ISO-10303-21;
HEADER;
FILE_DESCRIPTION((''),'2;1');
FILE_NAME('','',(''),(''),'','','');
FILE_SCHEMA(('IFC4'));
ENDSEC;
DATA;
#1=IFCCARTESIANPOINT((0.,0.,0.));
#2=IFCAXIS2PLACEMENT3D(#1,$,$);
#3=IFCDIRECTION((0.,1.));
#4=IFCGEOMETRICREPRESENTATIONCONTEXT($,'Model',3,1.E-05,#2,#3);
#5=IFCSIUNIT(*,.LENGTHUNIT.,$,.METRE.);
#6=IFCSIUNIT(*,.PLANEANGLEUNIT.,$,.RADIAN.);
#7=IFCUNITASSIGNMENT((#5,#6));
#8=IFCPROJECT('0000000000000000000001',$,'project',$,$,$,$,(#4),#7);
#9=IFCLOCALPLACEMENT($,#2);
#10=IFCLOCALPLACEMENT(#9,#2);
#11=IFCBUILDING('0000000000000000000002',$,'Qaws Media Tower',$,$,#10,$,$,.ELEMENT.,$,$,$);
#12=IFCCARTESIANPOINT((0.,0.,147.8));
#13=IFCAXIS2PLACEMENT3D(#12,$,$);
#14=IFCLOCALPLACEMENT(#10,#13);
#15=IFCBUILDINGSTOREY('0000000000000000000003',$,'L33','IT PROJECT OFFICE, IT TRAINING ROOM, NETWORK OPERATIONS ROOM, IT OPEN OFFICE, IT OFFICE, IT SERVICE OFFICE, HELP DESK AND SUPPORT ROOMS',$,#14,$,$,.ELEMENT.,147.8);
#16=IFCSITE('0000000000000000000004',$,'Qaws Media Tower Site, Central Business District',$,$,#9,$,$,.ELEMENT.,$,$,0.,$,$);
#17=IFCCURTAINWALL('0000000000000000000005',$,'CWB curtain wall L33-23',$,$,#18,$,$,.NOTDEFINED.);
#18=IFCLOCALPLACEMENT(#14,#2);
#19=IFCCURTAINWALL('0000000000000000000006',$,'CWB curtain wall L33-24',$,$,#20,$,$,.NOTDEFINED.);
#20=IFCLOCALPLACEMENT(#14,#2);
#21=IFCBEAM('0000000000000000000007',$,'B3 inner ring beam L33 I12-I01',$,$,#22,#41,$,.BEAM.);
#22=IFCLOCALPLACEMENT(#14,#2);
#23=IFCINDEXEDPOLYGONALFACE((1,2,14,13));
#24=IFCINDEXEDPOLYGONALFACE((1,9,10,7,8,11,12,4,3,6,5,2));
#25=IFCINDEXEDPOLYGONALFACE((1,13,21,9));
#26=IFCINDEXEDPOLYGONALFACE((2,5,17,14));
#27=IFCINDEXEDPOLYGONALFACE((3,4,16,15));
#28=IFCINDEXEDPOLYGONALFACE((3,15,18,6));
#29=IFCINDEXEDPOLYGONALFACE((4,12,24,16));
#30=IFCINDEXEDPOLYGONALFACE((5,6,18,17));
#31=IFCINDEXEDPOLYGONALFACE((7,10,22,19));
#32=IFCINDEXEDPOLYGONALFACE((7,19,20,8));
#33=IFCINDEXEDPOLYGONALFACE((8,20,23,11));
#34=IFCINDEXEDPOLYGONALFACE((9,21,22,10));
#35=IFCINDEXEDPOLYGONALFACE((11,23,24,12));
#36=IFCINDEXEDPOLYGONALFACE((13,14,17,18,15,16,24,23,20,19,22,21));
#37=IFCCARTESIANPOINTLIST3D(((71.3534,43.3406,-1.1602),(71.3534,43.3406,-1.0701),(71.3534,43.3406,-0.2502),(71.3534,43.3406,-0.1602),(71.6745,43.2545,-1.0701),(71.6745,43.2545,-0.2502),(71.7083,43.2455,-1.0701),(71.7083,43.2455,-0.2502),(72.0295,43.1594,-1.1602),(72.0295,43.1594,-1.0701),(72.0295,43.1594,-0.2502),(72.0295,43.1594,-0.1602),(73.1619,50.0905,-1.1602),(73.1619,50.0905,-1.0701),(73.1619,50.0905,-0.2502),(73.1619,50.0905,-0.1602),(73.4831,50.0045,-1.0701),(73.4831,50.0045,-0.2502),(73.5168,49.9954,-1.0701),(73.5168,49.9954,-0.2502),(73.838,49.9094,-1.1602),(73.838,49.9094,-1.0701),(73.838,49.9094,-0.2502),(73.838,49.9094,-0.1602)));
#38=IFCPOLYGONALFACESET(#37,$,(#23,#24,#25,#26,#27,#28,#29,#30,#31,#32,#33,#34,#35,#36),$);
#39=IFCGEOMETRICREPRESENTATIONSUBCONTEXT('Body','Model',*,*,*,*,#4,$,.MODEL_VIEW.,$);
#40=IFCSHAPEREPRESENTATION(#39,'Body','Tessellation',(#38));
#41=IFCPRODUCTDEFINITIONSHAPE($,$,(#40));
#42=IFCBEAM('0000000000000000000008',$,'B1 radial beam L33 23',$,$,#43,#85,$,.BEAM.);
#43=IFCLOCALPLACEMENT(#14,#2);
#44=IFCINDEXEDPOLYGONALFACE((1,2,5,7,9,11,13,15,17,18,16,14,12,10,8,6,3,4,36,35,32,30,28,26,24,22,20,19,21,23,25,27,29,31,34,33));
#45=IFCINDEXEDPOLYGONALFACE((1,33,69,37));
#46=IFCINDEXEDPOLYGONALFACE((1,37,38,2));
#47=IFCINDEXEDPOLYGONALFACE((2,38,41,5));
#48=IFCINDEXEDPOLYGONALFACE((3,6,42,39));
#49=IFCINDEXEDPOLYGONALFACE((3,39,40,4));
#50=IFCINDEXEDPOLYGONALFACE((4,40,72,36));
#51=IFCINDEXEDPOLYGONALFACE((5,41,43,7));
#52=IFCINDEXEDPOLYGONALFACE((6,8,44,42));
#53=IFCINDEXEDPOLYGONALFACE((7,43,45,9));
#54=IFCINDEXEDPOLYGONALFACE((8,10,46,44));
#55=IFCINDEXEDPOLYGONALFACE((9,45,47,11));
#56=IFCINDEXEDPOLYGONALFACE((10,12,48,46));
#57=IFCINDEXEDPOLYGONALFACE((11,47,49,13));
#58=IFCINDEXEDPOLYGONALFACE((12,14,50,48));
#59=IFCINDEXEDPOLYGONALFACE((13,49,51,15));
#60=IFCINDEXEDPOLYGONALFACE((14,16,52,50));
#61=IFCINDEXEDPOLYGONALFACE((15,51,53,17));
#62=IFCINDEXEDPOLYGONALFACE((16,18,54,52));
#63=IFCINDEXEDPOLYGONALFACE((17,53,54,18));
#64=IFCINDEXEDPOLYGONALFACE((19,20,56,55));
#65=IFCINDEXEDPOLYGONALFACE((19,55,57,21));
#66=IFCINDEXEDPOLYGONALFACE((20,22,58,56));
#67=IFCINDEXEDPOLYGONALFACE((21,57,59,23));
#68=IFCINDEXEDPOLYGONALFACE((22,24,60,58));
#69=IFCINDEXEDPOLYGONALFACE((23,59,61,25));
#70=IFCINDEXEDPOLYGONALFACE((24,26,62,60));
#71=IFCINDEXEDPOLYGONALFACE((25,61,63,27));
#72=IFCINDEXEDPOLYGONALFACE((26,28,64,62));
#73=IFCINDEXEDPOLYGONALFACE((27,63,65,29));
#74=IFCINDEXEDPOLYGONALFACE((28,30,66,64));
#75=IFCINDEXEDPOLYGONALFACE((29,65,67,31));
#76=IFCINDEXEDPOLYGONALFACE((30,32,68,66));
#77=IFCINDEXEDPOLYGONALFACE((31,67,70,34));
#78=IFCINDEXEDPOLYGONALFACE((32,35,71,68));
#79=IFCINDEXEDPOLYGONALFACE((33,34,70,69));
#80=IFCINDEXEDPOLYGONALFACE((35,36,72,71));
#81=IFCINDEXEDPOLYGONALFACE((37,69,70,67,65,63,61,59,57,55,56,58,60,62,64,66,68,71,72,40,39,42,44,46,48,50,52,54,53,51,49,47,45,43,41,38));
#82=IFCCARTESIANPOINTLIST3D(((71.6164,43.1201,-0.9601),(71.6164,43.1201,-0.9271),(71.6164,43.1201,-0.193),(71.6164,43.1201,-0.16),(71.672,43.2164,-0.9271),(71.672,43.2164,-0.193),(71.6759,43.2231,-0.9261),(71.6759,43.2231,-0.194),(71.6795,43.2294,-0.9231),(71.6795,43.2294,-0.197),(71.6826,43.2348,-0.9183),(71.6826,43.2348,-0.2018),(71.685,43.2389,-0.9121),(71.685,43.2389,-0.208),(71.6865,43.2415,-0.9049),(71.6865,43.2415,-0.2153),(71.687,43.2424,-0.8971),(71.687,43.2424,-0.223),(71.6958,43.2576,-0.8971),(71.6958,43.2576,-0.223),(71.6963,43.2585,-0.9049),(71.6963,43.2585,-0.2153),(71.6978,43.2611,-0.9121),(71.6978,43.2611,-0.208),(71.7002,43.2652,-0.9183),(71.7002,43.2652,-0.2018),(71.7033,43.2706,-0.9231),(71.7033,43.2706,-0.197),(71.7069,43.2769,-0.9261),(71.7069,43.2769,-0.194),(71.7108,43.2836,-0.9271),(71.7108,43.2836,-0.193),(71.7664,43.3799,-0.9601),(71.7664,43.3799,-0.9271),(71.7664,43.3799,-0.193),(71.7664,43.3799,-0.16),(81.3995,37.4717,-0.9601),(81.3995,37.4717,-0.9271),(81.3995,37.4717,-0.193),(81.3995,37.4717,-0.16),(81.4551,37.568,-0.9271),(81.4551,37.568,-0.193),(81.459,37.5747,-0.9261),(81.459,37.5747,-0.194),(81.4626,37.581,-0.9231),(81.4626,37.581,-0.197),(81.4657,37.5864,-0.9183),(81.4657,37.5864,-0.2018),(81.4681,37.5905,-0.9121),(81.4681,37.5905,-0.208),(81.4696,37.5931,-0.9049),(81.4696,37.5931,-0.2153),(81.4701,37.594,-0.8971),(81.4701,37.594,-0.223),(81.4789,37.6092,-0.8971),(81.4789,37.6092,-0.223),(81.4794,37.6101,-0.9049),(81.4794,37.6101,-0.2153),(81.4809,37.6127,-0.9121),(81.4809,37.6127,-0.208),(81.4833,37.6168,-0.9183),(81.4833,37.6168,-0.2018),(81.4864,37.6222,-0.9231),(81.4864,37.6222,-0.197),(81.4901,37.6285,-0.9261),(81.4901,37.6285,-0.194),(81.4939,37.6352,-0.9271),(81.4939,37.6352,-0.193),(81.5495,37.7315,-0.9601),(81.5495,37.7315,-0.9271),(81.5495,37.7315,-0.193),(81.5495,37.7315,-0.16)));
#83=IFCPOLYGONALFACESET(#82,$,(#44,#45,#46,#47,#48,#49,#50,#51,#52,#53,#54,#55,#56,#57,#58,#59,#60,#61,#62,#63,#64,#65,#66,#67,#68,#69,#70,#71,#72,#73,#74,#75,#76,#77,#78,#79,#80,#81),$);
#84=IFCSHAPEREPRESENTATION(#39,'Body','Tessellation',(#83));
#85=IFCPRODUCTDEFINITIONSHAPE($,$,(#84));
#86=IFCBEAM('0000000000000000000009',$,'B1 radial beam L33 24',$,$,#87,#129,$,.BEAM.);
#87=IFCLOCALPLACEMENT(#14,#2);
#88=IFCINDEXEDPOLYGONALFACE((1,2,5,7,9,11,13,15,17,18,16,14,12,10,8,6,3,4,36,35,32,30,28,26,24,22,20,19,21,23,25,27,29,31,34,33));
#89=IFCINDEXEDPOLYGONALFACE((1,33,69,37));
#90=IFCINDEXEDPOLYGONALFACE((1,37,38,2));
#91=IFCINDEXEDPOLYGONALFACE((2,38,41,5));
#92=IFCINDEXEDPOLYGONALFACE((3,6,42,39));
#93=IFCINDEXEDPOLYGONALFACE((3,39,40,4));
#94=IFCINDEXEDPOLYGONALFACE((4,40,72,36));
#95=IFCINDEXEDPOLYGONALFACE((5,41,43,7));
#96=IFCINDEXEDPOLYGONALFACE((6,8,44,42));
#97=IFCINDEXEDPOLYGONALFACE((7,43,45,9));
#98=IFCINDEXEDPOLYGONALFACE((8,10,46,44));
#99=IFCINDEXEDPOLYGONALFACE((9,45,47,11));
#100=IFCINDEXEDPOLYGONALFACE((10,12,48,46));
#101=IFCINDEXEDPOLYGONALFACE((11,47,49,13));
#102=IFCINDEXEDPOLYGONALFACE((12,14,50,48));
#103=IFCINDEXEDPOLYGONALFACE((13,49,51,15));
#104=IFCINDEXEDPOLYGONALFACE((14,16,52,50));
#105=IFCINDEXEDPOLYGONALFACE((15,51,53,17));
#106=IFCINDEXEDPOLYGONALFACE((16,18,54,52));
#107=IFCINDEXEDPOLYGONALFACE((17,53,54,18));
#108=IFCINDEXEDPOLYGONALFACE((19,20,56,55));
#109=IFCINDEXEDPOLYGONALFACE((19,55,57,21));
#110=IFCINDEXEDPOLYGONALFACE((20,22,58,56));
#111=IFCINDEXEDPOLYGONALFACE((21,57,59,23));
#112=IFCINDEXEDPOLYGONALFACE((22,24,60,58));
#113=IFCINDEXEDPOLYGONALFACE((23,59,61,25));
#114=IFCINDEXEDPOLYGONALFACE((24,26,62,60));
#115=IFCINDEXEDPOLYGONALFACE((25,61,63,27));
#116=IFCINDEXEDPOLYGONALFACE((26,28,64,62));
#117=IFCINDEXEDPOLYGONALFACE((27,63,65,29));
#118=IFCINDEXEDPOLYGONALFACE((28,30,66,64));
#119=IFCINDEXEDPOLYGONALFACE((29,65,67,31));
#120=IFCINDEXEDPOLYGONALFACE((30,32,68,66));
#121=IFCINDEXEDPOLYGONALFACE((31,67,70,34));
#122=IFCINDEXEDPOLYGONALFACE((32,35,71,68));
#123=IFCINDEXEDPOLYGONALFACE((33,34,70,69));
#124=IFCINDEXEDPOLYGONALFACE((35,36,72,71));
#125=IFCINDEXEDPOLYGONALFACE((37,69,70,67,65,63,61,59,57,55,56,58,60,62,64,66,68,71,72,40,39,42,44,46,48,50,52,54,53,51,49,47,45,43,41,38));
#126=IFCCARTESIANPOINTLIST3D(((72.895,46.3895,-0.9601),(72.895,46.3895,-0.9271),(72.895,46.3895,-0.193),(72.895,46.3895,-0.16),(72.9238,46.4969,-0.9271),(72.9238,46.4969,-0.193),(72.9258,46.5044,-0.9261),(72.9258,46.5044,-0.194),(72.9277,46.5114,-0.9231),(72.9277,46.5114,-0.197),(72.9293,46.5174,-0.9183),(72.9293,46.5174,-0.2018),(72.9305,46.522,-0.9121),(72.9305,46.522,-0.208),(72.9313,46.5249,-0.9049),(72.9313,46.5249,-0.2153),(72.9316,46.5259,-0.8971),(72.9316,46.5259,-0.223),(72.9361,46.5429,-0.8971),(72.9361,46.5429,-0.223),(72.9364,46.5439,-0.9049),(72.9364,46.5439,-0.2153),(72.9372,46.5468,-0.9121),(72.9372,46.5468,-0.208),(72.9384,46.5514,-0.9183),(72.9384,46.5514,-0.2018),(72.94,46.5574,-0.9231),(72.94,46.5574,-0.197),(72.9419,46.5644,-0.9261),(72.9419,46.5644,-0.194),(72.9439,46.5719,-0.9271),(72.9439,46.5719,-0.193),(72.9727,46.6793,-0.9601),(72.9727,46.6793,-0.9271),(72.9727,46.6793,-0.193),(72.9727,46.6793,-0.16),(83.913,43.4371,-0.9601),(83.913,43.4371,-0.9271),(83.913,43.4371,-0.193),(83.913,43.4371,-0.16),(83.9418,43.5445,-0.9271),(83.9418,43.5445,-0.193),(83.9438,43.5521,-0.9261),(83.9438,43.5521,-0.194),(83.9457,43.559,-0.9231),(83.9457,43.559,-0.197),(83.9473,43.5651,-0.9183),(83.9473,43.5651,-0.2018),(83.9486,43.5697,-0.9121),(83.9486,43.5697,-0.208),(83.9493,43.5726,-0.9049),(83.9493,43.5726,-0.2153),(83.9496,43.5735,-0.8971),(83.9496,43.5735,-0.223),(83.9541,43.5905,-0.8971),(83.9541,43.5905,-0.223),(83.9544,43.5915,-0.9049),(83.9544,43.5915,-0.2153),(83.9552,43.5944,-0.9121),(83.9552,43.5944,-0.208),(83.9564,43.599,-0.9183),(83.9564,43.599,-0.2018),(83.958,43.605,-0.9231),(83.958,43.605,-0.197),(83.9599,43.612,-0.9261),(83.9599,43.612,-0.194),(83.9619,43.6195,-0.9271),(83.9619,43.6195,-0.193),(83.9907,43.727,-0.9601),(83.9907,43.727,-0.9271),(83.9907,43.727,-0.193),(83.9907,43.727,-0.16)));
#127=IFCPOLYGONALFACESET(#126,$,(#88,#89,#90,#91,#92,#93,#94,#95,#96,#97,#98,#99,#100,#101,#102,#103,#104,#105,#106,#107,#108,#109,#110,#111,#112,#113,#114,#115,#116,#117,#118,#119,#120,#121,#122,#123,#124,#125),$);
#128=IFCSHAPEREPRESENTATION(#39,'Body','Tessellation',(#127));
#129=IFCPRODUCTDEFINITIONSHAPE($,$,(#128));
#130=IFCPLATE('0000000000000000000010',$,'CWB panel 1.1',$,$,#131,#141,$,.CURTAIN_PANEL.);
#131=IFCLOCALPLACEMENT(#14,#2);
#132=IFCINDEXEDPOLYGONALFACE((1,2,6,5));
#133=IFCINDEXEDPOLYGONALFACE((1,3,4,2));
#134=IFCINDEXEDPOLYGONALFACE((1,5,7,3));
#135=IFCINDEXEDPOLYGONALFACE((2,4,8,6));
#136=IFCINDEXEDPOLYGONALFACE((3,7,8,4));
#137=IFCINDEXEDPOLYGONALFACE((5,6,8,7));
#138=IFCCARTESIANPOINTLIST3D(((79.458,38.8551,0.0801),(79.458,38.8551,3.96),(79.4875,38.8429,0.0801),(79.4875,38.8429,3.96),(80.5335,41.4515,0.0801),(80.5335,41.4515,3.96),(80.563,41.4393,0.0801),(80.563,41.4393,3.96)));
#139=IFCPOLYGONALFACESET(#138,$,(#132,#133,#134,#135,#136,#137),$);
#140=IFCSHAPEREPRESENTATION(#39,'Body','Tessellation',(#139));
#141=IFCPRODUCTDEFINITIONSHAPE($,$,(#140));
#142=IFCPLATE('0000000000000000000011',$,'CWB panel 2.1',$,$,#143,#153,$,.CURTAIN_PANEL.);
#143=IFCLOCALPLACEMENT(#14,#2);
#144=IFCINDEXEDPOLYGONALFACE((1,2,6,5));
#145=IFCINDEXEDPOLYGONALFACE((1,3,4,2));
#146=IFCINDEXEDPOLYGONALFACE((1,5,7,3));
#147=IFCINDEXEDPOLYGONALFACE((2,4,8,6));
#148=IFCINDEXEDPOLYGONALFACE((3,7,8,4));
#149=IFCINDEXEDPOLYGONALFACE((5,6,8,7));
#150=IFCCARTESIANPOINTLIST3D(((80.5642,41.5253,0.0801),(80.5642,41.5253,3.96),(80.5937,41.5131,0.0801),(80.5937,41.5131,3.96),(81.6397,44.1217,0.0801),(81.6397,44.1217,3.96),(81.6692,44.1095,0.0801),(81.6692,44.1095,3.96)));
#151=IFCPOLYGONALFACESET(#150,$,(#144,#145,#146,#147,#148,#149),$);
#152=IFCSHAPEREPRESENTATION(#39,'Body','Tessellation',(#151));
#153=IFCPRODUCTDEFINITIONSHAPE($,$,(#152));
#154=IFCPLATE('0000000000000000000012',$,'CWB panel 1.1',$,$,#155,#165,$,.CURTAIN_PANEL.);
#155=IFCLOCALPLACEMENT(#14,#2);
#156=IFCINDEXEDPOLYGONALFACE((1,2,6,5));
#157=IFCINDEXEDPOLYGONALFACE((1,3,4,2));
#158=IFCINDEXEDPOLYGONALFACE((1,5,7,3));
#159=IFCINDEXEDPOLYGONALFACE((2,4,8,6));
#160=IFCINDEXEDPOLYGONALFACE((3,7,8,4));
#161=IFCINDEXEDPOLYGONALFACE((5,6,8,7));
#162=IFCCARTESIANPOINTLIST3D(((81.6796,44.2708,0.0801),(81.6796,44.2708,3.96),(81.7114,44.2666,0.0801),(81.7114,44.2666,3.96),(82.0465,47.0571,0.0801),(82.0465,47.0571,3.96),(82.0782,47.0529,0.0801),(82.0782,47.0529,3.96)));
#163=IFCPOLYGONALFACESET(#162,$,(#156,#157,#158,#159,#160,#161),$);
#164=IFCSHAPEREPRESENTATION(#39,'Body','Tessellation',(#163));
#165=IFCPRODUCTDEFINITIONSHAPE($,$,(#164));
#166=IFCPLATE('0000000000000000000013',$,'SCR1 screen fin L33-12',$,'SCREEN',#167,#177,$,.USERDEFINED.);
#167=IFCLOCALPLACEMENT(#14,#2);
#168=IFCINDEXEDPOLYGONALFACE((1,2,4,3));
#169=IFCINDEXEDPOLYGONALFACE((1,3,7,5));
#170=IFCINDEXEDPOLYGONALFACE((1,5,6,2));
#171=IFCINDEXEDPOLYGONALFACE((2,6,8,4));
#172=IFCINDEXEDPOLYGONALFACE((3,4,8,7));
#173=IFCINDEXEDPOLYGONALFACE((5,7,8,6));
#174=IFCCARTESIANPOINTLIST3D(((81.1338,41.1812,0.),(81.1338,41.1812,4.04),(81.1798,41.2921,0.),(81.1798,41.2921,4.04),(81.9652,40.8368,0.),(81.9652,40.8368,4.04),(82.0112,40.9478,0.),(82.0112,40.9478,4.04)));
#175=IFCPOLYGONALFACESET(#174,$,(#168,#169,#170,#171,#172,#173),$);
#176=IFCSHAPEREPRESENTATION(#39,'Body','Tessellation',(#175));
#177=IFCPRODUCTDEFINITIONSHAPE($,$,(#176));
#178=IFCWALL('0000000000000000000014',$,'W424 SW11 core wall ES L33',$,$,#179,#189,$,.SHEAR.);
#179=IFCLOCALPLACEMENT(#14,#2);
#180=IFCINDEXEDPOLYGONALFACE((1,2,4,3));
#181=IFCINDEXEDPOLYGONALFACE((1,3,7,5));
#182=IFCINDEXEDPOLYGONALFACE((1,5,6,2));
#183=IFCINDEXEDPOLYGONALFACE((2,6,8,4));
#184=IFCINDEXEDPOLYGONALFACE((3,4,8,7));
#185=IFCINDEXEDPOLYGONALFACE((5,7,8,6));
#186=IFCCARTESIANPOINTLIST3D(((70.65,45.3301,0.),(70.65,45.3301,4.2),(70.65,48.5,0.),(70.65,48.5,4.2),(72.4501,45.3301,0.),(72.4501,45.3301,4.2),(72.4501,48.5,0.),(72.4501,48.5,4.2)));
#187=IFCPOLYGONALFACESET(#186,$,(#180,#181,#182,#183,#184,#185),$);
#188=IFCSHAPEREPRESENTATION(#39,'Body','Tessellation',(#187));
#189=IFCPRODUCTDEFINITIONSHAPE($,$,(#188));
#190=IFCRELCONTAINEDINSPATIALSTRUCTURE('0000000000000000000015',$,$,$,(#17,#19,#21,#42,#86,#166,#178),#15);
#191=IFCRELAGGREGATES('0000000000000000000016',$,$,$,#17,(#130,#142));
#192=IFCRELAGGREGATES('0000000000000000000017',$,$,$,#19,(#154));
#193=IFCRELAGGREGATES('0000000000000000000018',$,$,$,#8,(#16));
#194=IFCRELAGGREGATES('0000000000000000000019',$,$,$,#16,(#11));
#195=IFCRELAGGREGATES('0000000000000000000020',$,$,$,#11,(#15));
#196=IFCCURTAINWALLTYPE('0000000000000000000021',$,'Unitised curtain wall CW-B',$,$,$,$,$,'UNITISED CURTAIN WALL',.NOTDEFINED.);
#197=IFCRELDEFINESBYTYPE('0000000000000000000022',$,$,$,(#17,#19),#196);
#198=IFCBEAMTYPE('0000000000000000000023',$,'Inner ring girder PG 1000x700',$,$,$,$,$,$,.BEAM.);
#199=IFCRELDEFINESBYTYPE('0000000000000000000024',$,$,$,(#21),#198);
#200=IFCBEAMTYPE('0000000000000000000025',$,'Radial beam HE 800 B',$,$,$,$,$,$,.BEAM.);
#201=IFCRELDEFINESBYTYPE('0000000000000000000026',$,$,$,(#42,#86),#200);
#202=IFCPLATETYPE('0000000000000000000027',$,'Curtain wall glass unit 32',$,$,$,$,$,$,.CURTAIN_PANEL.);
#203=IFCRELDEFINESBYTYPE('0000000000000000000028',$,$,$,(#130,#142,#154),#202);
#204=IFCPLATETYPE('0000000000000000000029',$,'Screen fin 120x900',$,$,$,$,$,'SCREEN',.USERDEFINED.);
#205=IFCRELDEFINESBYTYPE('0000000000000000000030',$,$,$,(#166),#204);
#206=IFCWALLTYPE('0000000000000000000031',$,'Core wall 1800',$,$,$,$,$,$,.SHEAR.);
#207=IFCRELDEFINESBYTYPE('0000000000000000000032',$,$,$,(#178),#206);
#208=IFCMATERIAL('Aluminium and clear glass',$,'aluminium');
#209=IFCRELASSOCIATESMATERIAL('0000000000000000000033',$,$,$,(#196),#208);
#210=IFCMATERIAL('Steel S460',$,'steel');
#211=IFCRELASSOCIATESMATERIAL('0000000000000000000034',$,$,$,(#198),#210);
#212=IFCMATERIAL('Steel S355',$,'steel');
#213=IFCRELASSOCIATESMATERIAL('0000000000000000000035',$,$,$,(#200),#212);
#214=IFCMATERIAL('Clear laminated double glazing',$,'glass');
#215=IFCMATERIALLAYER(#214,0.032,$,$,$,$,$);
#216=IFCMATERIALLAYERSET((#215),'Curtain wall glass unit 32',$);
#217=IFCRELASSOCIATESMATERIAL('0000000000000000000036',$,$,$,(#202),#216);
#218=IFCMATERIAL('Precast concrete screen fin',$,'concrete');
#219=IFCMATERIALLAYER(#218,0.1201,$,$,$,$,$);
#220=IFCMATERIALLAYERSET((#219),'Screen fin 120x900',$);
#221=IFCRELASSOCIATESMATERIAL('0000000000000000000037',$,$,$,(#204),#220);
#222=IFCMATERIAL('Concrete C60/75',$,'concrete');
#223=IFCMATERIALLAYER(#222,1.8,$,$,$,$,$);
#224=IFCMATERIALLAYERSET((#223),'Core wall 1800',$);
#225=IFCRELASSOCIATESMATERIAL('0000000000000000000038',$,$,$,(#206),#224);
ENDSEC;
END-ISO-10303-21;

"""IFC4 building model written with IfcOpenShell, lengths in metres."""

from ifc_helpers import new_model, si_unit, direction, frame, frame_2d, origin, origin_2d, place, context, subcontext, project, spatial, rectangle, i_section, extrude, material, layer, layer_set, material_profile, profile_set, type_object, element, aggregate, save


model = new_model("IFC4")

# Units and contexts
model_context = context("Model", 3, precision=1e-05, world=origin(), true_north=direction((0.0, 1.0)))
body_context = subcontext(model_context, "Body", "Model", "MODEL_VIEW")
ifc_project = project(units=[si_unit("LENGTHUNIT", "METRE"), si_unit("PLANEANGLEUNIT", "RADIAN")], contexts=[model_context])

# Site, building, storey
site_placement = place(None, origin())
site = spatial("IfcSite", under=ifc_project, at=site_placement, Name="Qaws Media Tower Site, Central Business District", CompositionType="ELEMENT", RefElevation=0.0)
building_placement = place(site_placement, origin())
building = spatial("IfcBuilding", under=site, at=building_placement, Name="Qaws Media Tower", CompositionType="ELEMENT")
storey_placement = place(building_placement, frame((0.0, 0.0, 147.8)))
storey = spatial("IfcBuildingStorey", under=building, at=storey_placement, Name="L33", Description="IT PROJECT OFFICE, IT TRAINING ROOM, NETWORK OPERATIONS ROOM, IT OPEN OFFICE, IT OFFICE, IT SERVICE OFFICE, HELP DESK AND SUPPORT ROOMS", CompositionType="ELEMENT", Elevation=147.8)

# Curtain walls
ifc_material_1 = material(Name="Aluminium and clear glass", Category="aluminium")
curtain_wall_type = type_object("IfcCurtainWallType", Name="Unitised curtain wall CW-B", ElementType="UNITISED CURTAIN WALL", PredefinedType="NOTDEFINED", material=ifc_material_1)
curtain_wall_1_placement = place(storey_placement, origin())
curtain_wall_1 = element("IfcCurtainWall", 1, at=curtain_wall_1_placement, inside=storey, type_object=curtain_wall_type, Name="CWB curtain wall L33-23", PredefinedType="NOTDEFINED")
curtain_wall_2_placement = place(storey_placement, origin())
curtain_wall_2 = element("IfcCurtainWall", 2, at=curtain_wall_2_placement, inside=storey, type_object=curtain_wall_type, Name="CWB curtain wall L33-24", PredefinedType="NOTDEFINED")

# Beams
ifc_material_2 = material(Name="Steel S460", Category="steel")
ifc_material_profile_1 = material_profile(ifc_material_2, i_section(OverallWidth=0.7, OverallDepth=1.0, WebThickness=0.0349, FlangeThickness=0.0901, at=origin_2d()), Name="PG 1000x700")
ifc_profile_set_1 = profile_set([ifc_material_profile_1], Name="Steel S460")
beam_type_1 = type_object("IfcBeamType", Name="Inner ring girder PG 1000x700", PredefinedType="BEAM", material=ifc_profile_set_1)
beam_1_placement = place(storey_placement, frame((71.6914, 43.25, -0.6602), z_axis=(0.258811, 0.965928, 0.0), x_axis=(-0.965928, 0.258811, 0.0)))
element("IfcBeam", 3, at=beam_1_placement, inside=storey, type_object=beam_type_1, Name="B3 inner ring beam L33 I12-I01", PredefinedType="BEAM", context=body_context, shape_type="SweptSolid", body=[
    extrude(i_section(OverallWidth=0.7, OverallDepth=1.0, WebThickness=0.0349, FlangeThickness=0.0901, at=origin_2d()), origin(), (0.0, 0.0, 1.0), 6.988),
])
ifc_material_3 = material(Name="Steel S355", Category="steel")
ifc_material_profile_2 = material_profile(ifc_material_3, i_section(OverallWidth=0.3, OverallDepth=0.8, WebThickness=0.0176, FlangeThickness=0.033, FilletRadius=0.03, at=origin_2d()), Name="HE 800 B")
ifc_profile_set_2 = profile_set([ifc_material_profile_2], Name="Steel S355")
beam_type_2 = type_object("IfcBeamType", Name="Radial beam HE 800 B", PredefinedType="BEAM", material=ifc_profile_set_2)
beam_2_placement = place(storey_placement, frame((71.6914, 43.25, -0.5601), z_axis=(0.866021, -0.500007, 0.0), x_axis=(0.500007, 0.866021, 0.0)))
element("IfcBeam", 4, at=beam_2_placement, inside=storey, type_object=beam_type_2, Name="B1 radial beam L33 23", PredefinedType="BEAM", context=body_context, shape_type="SweptSolid", body=[
    extrude(i_section(OverallWidth=0.3, OverallDepth=0.8, WebThickness=0.0176, FlangeThickness=0.033, FilletRadius=0.03, at=origin_2d()), origin(), (0.0, 0.0, 1.0), 11.2966),
])
beam_3_placement = place(storey_placement, frame((72.9338, 46.5344, -0.5601), z_axis=(0.965923, -0.258828, 0.0), x_axis=(0.258828, 0.965923, 0.0)))
element("IfcBeam", 5, at=beam_3_placement, inside=storey, type_object=beam_type_2, Name="B1 radial beam L33 24", PredefinedType="BEAM", context=body_context, shape_type="SweptSolid", body=[
    extrude(i_section(OverallWidth=0.3, OverallDepth=0.8, WebThickness=0.0176, FlangeThickness=0.033, FilletRadius=0.03, at=origin_2d()), origin(), (0.0, 0.0, 1.0), 11.4067),
])

# Plates
ifc_material_4 = material(Name="Clear laminated double glazing", Category="glass")
ifc_layer_1 = layer(ifc_material_4, 0.032)
ifc_layer_set_1 = layer_set([ifc_layer_1], Name="Curtain wall glass unit 32")
plate_type_1 = type_object("IfcPlateType", Name="Curtain wall glass unit 32", PredefinedType="CURTAIN_PANEL", material=ifc_layer_set_1)
plate_1_placement = place(storey_placement, frame((80.0105, 40.1472, 0.0801), z_axis=(0.0, 0.0, 1.0), x_axis=(0.382684, 0.923879, 0.0)))
plate_1 = element("IfcPlate", 6, at=plate_1_placement, type_object=plate_type_1, Name="CWB panel 1.1", PredefinedType="CURTAIN_PANEL", context=body_context, shape_type="SweptSolid", body=[
    extrude(rectangle(XDim=2.8103, YDim=0.032, at=origin_2d()), origin(), (0.0, 0.0, 1.0), 3.8799),
])
plate_2_placement = place(storey_placement, frame((81.1167, 42.8174, 0.0801), z_axis=(0.0, 0.0, 1.0), x_axis=(0.382684, 0.923879, 0.0)))
plate_2 = element("IfcPlate", 7, at=plate_2_placement, type_object=plate_type_1, Name="CWB panel 2.1", PredefinedType="CURTAIN_PANEL", context=body_context, shape_type="SweptSolid", body=[
    extrude(rectangle(XDim=2.8103, YDim=0.032, at=origin_2d()), origin(), (0.0, 0.0, 1.0), 3.8799),
])
aggregate(curtain_wall_1, [plate_1, plate_2])
plate_3_placement = place(storey_placement, frame((81.8789, 45.6619, 0.0801), z_axis=(0.0, 0.0, 1.0), x_axis=(0.130526, 0.991445, 0.0)))
plate_3 = element("IfcPlate", 8, at=plate_3_placement, type_object=plate_type_1, Name="CWB panel 1.1", PredefinedType="CURTAIN_PANEL", context=body_context, shape_type="SweptSolid", body=[
    extrude(rectangle(XDim=2.8103, YDim=0.032, at=origin_2d()), origin(), (0.0, 0.0, 1.0), 3.8799),
])
aggregate(curtain_wall_2, [plate_3])
ifc_material_5 = material(Name="Precast concrete screen fin", Category="concrete")
ifc_layer_2 = layer(ifc_material_5, 0.1201)
ifc_layer_set_2 = layer_set([ifc_layer_2], Name="Screen fin 120x900")
plate_type_2 = type_object("IfcPlateType", Name="Screen fin 120x900", ElementType="SCREEN", PredefinedType="USERDEFINED", material=ifc_layer_set_2)
plate_4_placement = place(storey_placement, frame((81.5725, 41.0645, 0.0), z_axis=(0.0, 0.0, 1.0), x_axis=(0.92388, -0.382683, 0.0)))
element("IfcPlate", 9, at=plate_4_placement, inside=storey, type_object=plate_type_2, Name="SCR1 screen fin L33-12", ObjectType="SCREEN", PredefinedType="USERDEFINED", context=body_context, shape_type="SweptSolid", body=[
    extrude(rectangle(XDim=0.8999, YDim=0.1201, at=origin_2d()), origin(), (0.0, 0.0, 1.0), 4.04),
])

# Wall
ifc_material_6 = material(Name="Concrete C60/75", Category="concrete")
ifc_layer_3 = layer(ifc_material_6, 1.8)
ifc_layer_set_3 = layer_set([ifc_layer_3], Name="Core wall 1800")
wall_type_1 = type_object("IfcWallType", Name="Core wall 1800", PredefinedType="SHEAR", material=ifc_layer_set_3)
wall_1_placement = place(storey_placement, frame((71.55, 45.3301, 0.0), z_axis=(0.0, 0.0, 1.0), x_axis=(0.0, 1.0, 0.0)))
element("IfcWall", 10, at=wall_1_placement, inside=storey, type_object=wall_type_1, Name="W424 SW11 core wall ES L33", PredefinedType="SHEAR", context=body_context, shape_type="SweptSolid", body=[
    extrude(rectangle(XDim=3.1699, YDim=1.8, at=frame_2d((1.585, 0.0))), origin(), (0.0, 0.0, 1.0), 4.2),
])

save(model, "model.ifc")
